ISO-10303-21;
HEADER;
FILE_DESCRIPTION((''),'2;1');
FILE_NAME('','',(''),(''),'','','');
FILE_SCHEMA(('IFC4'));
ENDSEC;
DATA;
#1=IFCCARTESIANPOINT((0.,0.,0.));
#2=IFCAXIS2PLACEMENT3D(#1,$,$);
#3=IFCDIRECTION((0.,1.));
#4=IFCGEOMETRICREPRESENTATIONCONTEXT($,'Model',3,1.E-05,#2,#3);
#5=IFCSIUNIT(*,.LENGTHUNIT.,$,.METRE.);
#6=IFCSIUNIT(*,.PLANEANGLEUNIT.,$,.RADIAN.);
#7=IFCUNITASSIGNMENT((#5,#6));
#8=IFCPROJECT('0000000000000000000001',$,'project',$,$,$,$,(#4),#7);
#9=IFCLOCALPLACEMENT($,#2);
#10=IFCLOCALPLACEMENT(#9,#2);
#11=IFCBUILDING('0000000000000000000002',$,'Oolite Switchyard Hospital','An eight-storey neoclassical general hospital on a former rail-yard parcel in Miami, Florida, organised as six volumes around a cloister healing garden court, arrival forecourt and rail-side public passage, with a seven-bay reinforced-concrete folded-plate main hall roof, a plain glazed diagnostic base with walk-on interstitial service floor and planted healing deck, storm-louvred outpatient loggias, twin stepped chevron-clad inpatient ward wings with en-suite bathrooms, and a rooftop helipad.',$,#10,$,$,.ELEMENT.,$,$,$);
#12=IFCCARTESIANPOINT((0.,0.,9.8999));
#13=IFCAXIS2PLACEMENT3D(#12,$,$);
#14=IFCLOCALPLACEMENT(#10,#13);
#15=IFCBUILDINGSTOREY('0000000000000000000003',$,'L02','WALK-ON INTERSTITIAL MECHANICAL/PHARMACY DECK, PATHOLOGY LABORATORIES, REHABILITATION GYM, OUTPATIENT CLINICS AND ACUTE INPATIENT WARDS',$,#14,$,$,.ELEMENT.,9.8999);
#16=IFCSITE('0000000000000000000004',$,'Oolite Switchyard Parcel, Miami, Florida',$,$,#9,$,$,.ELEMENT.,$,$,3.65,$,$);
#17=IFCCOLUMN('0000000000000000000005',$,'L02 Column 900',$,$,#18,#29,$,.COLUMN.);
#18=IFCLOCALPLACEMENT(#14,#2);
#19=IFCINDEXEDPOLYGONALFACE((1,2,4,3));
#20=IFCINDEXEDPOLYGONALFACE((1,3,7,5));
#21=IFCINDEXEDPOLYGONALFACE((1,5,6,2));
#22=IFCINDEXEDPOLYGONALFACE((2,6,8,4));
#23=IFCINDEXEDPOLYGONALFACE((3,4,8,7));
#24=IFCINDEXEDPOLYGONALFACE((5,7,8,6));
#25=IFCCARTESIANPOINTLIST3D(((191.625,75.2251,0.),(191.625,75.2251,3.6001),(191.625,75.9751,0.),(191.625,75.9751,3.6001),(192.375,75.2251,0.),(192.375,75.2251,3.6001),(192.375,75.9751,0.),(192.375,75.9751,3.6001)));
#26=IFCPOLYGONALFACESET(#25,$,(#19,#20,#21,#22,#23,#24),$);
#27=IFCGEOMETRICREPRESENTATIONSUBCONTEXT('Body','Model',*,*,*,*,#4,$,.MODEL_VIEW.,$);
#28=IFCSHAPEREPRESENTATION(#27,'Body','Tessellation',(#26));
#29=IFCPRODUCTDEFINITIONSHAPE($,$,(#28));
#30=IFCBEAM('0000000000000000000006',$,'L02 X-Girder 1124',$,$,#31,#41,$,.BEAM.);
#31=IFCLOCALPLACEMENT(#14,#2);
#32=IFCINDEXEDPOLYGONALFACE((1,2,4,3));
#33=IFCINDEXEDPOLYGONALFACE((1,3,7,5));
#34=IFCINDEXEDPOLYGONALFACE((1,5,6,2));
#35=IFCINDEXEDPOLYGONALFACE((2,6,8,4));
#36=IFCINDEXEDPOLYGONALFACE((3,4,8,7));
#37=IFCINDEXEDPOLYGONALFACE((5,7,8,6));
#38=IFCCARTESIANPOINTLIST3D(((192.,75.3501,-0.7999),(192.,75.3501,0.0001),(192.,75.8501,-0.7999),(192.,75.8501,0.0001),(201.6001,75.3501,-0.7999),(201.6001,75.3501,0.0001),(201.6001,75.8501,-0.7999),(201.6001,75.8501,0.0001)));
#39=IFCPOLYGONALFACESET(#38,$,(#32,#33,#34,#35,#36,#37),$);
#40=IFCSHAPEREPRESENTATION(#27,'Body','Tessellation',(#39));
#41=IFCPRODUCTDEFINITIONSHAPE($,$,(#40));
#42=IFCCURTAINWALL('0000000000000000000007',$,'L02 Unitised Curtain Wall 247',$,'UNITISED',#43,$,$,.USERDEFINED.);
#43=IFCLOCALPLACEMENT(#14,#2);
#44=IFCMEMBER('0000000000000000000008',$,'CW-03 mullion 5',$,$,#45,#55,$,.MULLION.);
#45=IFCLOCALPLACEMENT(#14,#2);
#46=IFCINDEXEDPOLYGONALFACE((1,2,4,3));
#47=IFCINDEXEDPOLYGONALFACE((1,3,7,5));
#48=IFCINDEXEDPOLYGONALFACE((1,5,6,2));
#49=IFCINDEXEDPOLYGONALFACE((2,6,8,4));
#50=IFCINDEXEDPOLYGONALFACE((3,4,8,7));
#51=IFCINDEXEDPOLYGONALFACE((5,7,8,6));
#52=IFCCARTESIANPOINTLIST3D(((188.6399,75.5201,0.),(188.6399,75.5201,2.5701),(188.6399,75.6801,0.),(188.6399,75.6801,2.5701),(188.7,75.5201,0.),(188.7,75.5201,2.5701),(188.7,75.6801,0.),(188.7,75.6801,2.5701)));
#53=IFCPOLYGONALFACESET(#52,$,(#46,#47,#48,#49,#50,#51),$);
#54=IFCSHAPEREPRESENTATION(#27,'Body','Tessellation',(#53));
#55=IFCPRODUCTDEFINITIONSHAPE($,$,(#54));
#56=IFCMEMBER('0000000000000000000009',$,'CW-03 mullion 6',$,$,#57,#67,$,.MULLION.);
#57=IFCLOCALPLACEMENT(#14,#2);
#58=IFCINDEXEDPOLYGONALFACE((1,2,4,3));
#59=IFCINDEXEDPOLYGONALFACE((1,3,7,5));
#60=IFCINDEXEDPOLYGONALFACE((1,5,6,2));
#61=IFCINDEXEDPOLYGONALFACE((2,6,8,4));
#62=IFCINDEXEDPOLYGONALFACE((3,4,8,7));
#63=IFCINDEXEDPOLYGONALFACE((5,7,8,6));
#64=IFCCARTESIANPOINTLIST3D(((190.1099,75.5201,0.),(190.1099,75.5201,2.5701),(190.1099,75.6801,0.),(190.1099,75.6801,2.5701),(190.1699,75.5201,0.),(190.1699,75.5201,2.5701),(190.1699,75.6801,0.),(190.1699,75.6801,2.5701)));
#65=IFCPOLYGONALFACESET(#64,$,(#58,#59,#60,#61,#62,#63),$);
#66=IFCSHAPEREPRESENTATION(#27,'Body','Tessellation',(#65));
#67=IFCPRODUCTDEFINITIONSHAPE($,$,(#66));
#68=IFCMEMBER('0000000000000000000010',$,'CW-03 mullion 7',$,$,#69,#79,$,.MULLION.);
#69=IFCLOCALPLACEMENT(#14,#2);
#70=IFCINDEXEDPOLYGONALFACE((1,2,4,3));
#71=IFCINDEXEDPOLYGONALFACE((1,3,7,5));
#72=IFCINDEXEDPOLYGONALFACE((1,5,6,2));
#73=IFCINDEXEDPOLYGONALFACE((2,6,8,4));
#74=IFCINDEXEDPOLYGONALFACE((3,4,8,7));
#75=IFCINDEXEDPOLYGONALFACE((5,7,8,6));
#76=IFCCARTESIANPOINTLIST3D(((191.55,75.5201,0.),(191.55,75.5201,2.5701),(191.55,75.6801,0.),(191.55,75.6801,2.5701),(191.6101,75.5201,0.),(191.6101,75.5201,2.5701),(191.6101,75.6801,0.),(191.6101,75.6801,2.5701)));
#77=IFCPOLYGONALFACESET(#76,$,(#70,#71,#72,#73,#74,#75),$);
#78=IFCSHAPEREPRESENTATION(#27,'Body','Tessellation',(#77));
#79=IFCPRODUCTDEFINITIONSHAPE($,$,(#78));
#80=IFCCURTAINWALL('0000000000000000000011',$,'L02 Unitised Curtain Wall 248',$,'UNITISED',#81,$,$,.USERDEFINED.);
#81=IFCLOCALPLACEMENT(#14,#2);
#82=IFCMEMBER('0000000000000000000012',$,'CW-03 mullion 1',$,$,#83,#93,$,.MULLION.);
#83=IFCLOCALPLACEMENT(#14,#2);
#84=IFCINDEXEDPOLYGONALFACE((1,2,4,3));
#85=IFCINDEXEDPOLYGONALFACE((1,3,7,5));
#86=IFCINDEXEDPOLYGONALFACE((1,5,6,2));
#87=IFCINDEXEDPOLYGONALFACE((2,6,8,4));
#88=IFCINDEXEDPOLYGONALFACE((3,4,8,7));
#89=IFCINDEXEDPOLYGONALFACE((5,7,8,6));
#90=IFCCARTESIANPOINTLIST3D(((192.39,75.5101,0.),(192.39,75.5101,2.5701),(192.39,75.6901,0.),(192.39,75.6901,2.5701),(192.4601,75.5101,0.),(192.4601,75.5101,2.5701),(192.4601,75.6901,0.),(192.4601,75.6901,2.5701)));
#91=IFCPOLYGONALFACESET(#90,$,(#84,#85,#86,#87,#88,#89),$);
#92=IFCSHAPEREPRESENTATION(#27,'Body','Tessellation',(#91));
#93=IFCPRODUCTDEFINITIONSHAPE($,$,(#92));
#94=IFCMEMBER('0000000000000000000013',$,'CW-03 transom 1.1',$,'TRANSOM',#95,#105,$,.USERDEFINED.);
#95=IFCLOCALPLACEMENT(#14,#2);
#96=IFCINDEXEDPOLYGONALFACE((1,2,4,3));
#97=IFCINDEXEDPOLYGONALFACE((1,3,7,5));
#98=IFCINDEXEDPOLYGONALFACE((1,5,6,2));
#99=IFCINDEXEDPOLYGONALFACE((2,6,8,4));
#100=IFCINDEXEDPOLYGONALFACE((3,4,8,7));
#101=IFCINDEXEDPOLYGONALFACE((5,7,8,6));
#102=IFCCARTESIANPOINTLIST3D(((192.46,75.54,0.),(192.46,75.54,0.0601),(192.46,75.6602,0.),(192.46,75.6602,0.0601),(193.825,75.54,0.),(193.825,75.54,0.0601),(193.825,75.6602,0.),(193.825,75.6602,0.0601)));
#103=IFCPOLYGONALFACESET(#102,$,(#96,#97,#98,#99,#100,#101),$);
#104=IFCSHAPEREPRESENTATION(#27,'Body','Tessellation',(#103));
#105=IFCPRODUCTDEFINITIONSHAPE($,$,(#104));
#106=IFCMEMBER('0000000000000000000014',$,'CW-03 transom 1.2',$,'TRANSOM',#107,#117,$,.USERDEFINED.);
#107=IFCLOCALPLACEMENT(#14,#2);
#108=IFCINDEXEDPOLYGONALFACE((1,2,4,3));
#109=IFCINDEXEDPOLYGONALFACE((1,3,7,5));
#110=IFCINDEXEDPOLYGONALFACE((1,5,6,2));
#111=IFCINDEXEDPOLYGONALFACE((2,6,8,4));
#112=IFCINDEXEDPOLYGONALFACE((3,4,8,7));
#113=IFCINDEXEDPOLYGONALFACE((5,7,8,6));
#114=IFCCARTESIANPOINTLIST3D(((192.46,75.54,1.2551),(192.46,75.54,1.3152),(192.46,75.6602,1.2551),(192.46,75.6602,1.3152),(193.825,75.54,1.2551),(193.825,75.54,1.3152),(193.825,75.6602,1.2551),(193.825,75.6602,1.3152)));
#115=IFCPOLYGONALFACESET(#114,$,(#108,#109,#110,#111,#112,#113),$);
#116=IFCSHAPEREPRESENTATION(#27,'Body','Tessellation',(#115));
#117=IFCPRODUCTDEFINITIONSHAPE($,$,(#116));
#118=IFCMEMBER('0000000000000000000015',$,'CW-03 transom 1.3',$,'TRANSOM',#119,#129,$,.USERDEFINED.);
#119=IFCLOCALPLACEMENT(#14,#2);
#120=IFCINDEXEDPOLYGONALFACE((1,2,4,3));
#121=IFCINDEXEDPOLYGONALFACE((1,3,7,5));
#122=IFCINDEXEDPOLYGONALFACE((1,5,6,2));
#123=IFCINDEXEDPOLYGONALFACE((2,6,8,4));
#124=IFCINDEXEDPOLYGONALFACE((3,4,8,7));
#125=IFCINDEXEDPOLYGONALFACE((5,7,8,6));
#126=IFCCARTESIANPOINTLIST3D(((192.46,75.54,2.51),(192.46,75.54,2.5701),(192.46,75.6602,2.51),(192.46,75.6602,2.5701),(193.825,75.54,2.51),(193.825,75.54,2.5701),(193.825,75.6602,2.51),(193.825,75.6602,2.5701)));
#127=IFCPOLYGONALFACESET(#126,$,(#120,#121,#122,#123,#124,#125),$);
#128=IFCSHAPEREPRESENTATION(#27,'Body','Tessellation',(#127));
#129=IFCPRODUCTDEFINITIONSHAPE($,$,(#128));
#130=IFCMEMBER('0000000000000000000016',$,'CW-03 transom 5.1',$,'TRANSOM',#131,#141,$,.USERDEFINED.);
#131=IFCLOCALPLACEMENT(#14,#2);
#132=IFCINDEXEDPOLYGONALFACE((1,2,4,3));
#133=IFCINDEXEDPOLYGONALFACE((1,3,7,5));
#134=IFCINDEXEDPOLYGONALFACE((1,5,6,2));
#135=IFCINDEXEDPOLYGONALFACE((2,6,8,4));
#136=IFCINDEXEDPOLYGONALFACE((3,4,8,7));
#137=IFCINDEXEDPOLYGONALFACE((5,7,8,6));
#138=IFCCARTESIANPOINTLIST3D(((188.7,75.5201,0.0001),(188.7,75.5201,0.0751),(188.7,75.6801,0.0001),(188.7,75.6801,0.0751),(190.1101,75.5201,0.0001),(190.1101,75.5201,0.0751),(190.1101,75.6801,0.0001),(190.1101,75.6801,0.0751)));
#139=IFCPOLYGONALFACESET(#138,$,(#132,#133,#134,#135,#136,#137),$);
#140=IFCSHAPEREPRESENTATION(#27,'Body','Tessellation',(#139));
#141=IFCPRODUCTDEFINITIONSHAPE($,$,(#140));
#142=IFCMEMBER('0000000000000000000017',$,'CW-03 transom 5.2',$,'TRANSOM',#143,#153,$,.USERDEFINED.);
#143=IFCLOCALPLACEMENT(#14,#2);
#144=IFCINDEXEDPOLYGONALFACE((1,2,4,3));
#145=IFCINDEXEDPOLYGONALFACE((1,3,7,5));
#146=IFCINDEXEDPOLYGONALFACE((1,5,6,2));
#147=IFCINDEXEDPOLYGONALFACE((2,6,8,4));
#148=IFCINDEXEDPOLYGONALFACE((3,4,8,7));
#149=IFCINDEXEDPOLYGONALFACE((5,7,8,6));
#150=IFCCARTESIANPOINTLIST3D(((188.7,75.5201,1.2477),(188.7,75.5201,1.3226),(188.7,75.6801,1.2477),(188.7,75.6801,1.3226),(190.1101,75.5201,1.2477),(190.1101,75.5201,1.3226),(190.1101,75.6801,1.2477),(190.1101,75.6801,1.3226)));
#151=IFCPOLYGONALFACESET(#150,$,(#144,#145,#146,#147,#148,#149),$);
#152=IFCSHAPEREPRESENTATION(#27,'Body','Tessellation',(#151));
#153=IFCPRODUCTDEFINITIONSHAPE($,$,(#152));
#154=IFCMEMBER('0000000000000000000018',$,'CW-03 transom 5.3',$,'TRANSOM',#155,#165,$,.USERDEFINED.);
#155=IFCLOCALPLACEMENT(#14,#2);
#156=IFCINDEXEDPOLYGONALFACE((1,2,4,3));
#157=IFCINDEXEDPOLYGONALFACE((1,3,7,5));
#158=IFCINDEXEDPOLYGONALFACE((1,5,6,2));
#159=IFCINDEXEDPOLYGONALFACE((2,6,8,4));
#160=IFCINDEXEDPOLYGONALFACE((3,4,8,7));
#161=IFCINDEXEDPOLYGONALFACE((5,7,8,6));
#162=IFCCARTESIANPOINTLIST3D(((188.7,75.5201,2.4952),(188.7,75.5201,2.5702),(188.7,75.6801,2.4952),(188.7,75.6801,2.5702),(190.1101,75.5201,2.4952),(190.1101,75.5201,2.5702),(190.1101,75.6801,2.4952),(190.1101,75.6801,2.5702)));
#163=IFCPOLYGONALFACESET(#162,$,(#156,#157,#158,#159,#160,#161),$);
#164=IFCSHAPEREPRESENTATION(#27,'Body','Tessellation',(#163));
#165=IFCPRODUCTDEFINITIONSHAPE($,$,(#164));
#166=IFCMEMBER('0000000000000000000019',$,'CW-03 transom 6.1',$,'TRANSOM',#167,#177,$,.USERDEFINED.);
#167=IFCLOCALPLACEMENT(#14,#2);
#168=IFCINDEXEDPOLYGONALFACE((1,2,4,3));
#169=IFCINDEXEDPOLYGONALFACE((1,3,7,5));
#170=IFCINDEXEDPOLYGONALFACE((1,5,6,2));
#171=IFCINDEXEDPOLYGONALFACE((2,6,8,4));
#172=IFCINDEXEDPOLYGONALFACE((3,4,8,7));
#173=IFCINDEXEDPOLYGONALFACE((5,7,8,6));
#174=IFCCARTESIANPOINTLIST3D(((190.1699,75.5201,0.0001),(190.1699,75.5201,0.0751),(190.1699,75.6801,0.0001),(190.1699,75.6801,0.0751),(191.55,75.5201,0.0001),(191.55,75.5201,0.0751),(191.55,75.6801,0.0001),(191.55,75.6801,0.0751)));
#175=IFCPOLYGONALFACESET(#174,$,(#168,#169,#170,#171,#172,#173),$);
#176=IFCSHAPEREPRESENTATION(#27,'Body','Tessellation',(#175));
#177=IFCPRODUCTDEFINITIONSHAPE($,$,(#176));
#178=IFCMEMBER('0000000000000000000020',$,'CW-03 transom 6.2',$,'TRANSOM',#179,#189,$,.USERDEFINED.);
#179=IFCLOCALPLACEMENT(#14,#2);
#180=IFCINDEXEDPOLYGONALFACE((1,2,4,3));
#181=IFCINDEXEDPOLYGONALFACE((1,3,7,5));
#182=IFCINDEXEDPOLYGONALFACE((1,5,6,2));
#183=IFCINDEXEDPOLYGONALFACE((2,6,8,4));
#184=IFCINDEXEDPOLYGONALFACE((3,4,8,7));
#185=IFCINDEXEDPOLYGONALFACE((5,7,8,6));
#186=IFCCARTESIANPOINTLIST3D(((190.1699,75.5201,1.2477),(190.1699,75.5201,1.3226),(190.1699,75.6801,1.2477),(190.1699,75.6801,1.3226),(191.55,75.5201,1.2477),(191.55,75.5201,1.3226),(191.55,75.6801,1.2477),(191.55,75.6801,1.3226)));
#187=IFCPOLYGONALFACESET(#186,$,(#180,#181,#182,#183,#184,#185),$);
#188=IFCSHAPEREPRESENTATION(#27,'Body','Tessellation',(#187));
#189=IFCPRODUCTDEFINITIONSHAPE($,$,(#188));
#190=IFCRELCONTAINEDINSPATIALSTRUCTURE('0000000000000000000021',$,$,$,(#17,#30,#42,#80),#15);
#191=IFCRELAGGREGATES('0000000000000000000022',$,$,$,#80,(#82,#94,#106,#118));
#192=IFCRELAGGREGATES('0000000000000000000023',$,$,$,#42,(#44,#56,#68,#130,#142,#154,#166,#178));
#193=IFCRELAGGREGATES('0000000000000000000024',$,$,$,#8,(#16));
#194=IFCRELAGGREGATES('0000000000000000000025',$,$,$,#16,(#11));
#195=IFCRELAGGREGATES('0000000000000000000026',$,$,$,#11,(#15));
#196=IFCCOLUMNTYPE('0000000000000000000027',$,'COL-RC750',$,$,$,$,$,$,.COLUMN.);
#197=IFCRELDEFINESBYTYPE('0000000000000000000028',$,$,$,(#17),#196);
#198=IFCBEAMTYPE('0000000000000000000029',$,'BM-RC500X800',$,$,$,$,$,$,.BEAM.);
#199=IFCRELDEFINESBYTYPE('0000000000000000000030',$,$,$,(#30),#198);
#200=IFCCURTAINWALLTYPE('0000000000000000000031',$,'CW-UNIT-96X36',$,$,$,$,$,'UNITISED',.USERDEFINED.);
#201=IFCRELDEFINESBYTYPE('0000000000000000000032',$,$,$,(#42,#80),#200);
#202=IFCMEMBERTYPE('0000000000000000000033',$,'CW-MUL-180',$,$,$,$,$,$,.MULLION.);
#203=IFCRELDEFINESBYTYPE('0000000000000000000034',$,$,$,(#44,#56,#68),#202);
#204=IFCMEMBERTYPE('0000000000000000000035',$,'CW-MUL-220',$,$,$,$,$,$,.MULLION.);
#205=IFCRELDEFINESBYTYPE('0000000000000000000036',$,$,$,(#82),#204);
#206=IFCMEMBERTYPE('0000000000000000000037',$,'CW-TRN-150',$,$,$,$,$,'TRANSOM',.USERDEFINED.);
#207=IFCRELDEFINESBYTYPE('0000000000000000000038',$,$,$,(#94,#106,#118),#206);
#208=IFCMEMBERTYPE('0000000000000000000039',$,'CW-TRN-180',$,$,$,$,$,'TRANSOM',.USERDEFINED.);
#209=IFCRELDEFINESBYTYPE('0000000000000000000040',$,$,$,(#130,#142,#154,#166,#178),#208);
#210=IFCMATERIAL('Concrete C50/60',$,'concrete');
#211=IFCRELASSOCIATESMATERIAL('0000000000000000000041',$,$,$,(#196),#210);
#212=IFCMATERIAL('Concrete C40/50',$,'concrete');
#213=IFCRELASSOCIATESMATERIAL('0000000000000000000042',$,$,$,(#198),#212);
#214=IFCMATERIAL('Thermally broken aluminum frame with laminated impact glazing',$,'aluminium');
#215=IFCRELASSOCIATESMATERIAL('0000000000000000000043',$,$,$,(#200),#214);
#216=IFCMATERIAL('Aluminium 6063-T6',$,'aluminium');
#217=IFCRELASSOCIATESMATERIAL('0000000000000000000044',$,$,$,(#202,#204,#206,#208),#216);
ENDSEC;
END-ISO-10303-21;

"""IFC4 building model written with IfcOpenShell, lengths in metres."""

from ifc_helpers import new_model, si_unit, direction, frame, origin, origin_2d, place, context, subcontext, project, spatial, rectangle, extrude, material, material_profile, profile_set, type_object, element, aggregate, save


model = new_model("IFC4")

# Units and contexts
model_context = context("Model", 3, precision=1e-05, world=origin(), true_north=direction((0.0, 1.0)))
body_context = subcontext(model_context, "Body", "Model", "MODEL_VIEW")
ifc_project = project(units=[si_unit("LENGTHUNIT", "METRE"), si_unit("PLANEANGLEUNIT", "RADIAN")], contexts=[model_context])

# Site, building, storey
site_placement = place(None, origin())
site = spatial("IfcSite", under=ifc_project, at=site_placement, Name="Oolite Switchyard Parcel, Miami, Florida", CompositionType="ELEMENT", RefElevation=3.65)
building_placement = place(site_placement, origin())
building = spatial("IfcBuilding", under=site, at=building_placement, Name="Oolite Switchyard Hospital", Description="An eight-storey neoclassical general hospital on a former rail-yard parcel in Miami, Florida, organised as six volumes around a cloister healing garden court, arrival forecourt and rail-side public passage, with a seven-bay reinforced-concrete folded-plate main hall roof, a plain glazed diagnostic base with walk-on interstitial service floor and planted healing deck, storm-louvred outpatient loggias, twin stepped chevron-clad inpatient ward wings with en-suite bathrooms, and a rooftop helipad.", CompositionType="ELEMENT")
storey_placement = place(building_placement, frame((0.0, 0.0, 9.8999)))
storey = spatial("IfcBuildingStorey", under=building, at=storey_placement, Name="L02", Description="WALK-ON INTERSTITIAL MECHANICAL/PHARMACY DECK, PATHOLOGY LABORATORIES, REHABILITATION GYM, OUTPATIENT CLINICS AND ACUTE INPATIENT WARDS", CompositionType="ELEMENT", Elevation=9.8999)

# Column
ifc_material_1 = material(Name="Concrete C50/60", Category="concrete")
ifc_material_profile_1 = material_profile(ifc_material_1, rectangle(XDim=0.75, YDim=0.75, at=origin_2d()), Name="RC750X750")
ifc_profile_set_1 = profile_set([ifc_material_profile_1], Name="Concrete C50/60")
column_type = type_object("IfcColumnType", Name="COL-RC750", PredefinedType="COLUMN", material=ifc_profile_set_1)
column_placement = place(storey_placement, frame((192.0, 75.6001, 0.0), z_axis=(0.0, 0.0, 1.0), x_axis=(1.0, 0.0, 0.0)))
element("IfcColumn", 1, at=column_placement, inside=storey, type_object=column_type, Name="L02 Column 900", PredefinedType="COLUMN", context=body_context, shape_type="SweptSolid", body=[
    extrude(rectangle(XDim=0.75, YDim=0.75, at=origin_2d()), origin(), (0.0, 0.0, 1.0), 3.6001),
])

# Beam
ifc_material_2 = material(Name="Concrete C40/50", Category="concrete")
ifc_material_profile_2 = material_profile(ifc_material_2, rectangle(XDim=0.5, YDim=0.8, at=origin_2d()), Name="RCB500X800")
ifc_profile_set_2 = profile_set([ifc_material_profile_2], Name="Concrete C40/50")
beam_type = type_object("IfcBeamType", Name="BM-RC500X800", PredefinedType="BEAM", material=ifc_profile_set_2)
beam_placement = place(storey_placement, frame((192.0, 75.6001, -0.3999), z_axis=(1.0, 0.0, 0.0), x_axis=(0.0, 1.0, 0.0)))
element("IfcBeam", 2, at=beam_placement, inside=storey, type_object=beam_type, Name="L02 X-Girder 1124", PredefinedType="BEAM", context=body_context, shape_type="SweptSolid", body=[
    extrude(rectangle(XDim=0.5, YDim=0.8, at=origin_2d()), origin(), (0.0, 0.0, 1.0), 9.6001),
])

# Curtain walls, members
ifc_material_3 = material(Name="Thermally broken aluminum frame with laminated impact glazing", Category="aluminium")
curtain_wall_type = type_object("IfcCurtainWallType", Name="CW-UNIT-96X36", ElementType="UNITISED", PredefinedType="USERDEFINED", material=ifc_material_3)
curtain_wall_1_placement = place(storey_placement, origin())
curtain_wall_1 = element("IfcCurtainWall", 3, at=curtain_wall_1_placement, inside=storey, type_object=curtain_wall_type, Name="L02 Unitised Curtain Wall 247", ObjectType="UNITISED", PredefinedType="USERDEFINED")
ifc_material_4 = material(Name="Aluminium 6063-T6", Category="aluminium")
ifc_material_profile_3 = material_profile(ifc_material_4, rectangle(XDim=0.1599, YDim=0.0601, at=origin_2d()), Name="CWM60X160")
ifc_profile_set_3 = profile_set([ifc_material_profile_3], Name="Aluminium 6063-T6")
member_type_1 = type_object("IfcMemberType", Name="CW-MUL-180", PredefinedType="MULLION", material=ifc_profile_set_3)
member_1_placement = place(storey_placement, frame((188.6699, 75.6001, 0.0), z_axis=(0.0, 0.0, 1.0), x_axis=(0.0, 1.0, 0.0)))
member_1 = element("IfcMember", 4, at=member_1_placement, type_object=member_type_1, Name="CW-03 mullion 5", PredefinedType="MULLION", context=body_context, shape_type="SweptSolid", body=[
    extrude(rectangle(XDim=0.1599, YDim=0.0601, at=origin_2d()), origin(), (0.0, 0.0, 1.0), 2.5701),
])
member_2_placement = place(storey_placement, frame((190.1399, 75.6001, 0.0), z_axis=(0.0, 0.0, 1.0), x_axis=(0.0, 1.0, 0.0)))
member_2 = element("IfcMember", 5, at=member_2_placement, type_object=member_type_1, Name="CW-03 mullion 6", PredefinedType="MULLION", context=body_context, shape_type="SweptSolid", body=[
    extrude(rectangle(XDim=0.1599, YDim=0.0601, at=origin_2d()), origin(), (0.0, 0.0, 1.0), 2.5701),
])
member_3_placement = place(storey_placement, frame((191.5801, 75.6001, 0.0), z_axis=(0.0, 0.0, 1.0), x_axis=(0.0, 1.0, 0.0)))
member_3 = element("IfcMember", 6, at=member_3_placement, type_object=member_type_1, Name="CW-03 mullion 7", PredefinedType="MULLION", context=body_context, shape_type="SweptSolid", body=[
    extrude(rectangle(XDim=0.1599, YDim=0.0601, at=origin_2d()), origin(), (0.0, 0.0, 1.0), 2.5701),
])
curtain_wall_2_placement = place(storey_placement, origin())
curtain_wall_2 = element("IfcCurtainWall", 7, at=curtain_wall_2_placement, inside=storey, type_object=curtain_wall_type, Name="L02 Unitised Curtain Wall 248", ObjectType="UNITISED", PredefinedType="USERDEFINED")
ifc_material_profile_4 = material_profile(ifc_material_4, rectangle(XDim=0.1799, YDim=0.0701, at=origin_2d()), Name="CWM70X180")
ifc_profile_set_4 = profile_set([ifc_material_profile_4], Name="Aluminium 6063-T6")
member_type_2 = type_object("IfcMemberType", Name="CW-MUL-220", PredefinedType="MULLION", material=ifc_profile_set_4)
member_4_placement = place(storey_placement, frame((192.425, 75.6001, 0.0), z_axis=(0.0, 0.0, 1.0), x_axis=(0.0, 1.0, 0.0)))
member_4 = element("IfcMember", 8, at=member_4_placement, type_object=member_type_2, Name="CW-03 mullion 1", PredefinedType="MULLION", context=body_context, shape_type="SweptSolid", body=[
    extrude(rectangle(XDim=0.1799, YDim=0.0701, at=origin_2d()), origin(), (0.0, 0.0, 1.0), 2.5701),
])
ifc_material_profile_5 = material_profile(ifc_material_4, rectangle(XDim=0.1201, YDim=0.0601, at=origin_2d()), Name="CWT60X120")
ifc_profile_set_5 = profile_set([ifc_material_profile_5], Name="Aluminium 6063-T6")
member_type_3 = type_object("IfcMemberType", Name="CW-TRN-150", ElementType="TRANSOM", PredefinedType="USERDEFINED", material=ifc_profile_set_5)
member_5_placement = place(storey_placement, frame((192.46, 75.6001, 0.03), z_axis=(1.0, 0.0, 0.0), x_axis=(0.0, 1.0, 0.0)))
member_5 = element("IfcMember", 9, at=member_5_placement, type_object=member_type_3, Name="CW-03 transom 1.1", ObjectType="TRANSOM", PredefinedType="USERDEFINED", context=body_context, shape_type="SweptSolid", body=[
    extrude(rectangle(XDim=0.1201, YDim=0.0601, at=origin_2d()), origin(), (0.0, 0.0, 1.0), 1.365),
])
member_6_placement = place(storey_placement, frame((192.46, 75.6001, 1.2852), z_axis=(1.0, 0.0, 0.0), x_axis=(0.0, 1.0, 0.0)))
member_6 = element("IfcMember", 10, at=member_6_placement, type_object=member_type_3, Name="CW-03 transom 1.2", ObjectType="TRANSOM", PredefinedType="USERDEFINED", context=body_context, shape_type="SweptSolid", body=[
    extrude(rectangle(XDim=0.1201, YDim=0.0601, at=origin_2d()), origin(), (0.0, 0.0, 1.0), 1.365),
])
member_7_placement = place(storey_placement, frame((192.46, 75.6001, 2.54), z_axis=(1.0, 0.0, 0.0), x_axis=(0.0, 1.0, 0.0)))
member_7 = element("IfcMember", 11, at=member_7_placement, type_object=member_type_3, Name="CW-03 transom 1.3", ObjectType="TRANSOM", PredefinedType="USERDEFINED", context=body_context, shape_type="SweptSolid", body=[
    extrude(rectangle(XDim=0.1201, YDim=0.0601, at=origin_2d()), origin(), (0.0, 0.0, 1.0), 1.365),
])

# Members
ifc_material_profile_6 = material_profile(ifc_material_4, rectangle(XDim=0.1599, YDim=0.075, at=origin_2d()), Name="CWT75X160")
ifc_profile_set_6 = profile_set([ifc_material_profile_6], Name="Aluminium 6063-T6")
member_type_4 = type_object("IfcMemberType", Name="CW-TRN-180", ElementType="TRANSOM", PredefinedType="USERDEFINED", material=ifc_profile_set_6)
member_8_placement = place(storey_placement, frame((188.7, 75.6001, 0.0376), z_axis=(1.0, 0.0, 0.0), x_axis=(0.0, 1.0, 0.0)))
member_8 = element("IfcMember", 12, at=member_8_placement, type_object=member_type_4, Name="CW-03 transom 5.1", ObjectType="TRANSOM", PredefinedType="USERDEFINED", context=body_context, shape_type="SweptSolid", body=[
    extrude(rectangle(XDim=0.1599, YDim=0.075, at=origin_2d()), origin(), (0.0, 0.0, 1.0), 1.4102),
])
member_9_placement = place(storey_placement, frame((188.7, 75.6001, 1.2852), z_axis=(1.0, 0.0, 0.0), x_axis=(0.0, 1.0, 0.0)))
member_9 = element("IfcMember", 13, at=member_9_placement, type_object=member_type_4, Name="CW-03 transom 5.2", ObjectType="TRANSOM", PredefinedType="USERDEFINED", context=body_context, shape_type="SweptSolid", body=[
    extrude(rectangle(XDim=0.1599, YDim=0.075, at=origin_2d()), origin(), (0.0, 0.0, 1.0), 1.4102),
])
member_10_placement = place(storey_placement, frame((188.7, 75.6001, 2.5327), z_axis=(1.0, 0.0, 0.0), x_axis=(0.0, 1.0, 0.0)))
member_10 = element("IfcMember", 14, at=member_10_placement, type_object=member_type_4, Name="CW-03 transom 5.3", ObjectType="TRANSOM", PredefinedType="USERDEFINED", context=body_context, shape_type="SweptSolid", body=[
    extrude(rectangle(XDim=0.1599, YDim=0.075, at=origin_2d()), origin(), (0.0, 0.0, 1.0), 1.4102),
])
member_11_placement = place(storey_placement, frame((190.1699, 75.6001, 0.0376), z_axis=(1.0, 0.0, 0.0), x_axis=(0.0, 1.0, 0.0)))
member_11 = element("IfcMember", 15, at=member_11_placement, type_object=member_type_4, Name="CW-03 transom 6.1", ObjectType="TRANSOM", PredefinedType="USERDEFINED", context=body_context, shape_type="SweptSolid", body=[
    extrude(rectangle(XDim=0.1599, YDim=0.075, at=origin_2d()), origin(), (0.0, 0.0, 1.0), 1.3801),
])
member_12_placement = place(storey_placement, frame((190.1699, 75.6001, 1.2852), z_axis=(1.0, 0.0, 0.0), x_axis=(0.0, 1.0, 0.0)))
member_12 = element("IfcMember", 16, at=member_12_placement, type_object=member_type_4, Name="CW-03 transom 6.2", ObjectType="TRANSOM", PredefinedType="USERDEFINED", context=body_context, shape_type="SweptSolid", body=[
    extrude(rectangle(XDim=0.1599, YDim=0.075, at=origin_2d()), origin(), (0.0, 0.0, 1.0), 1.3801),
])

aggregate(curtain_wall_2, [member_4, member_5, member_6, member_7])
aggregate(curtain_wall_1, [member_1, member_2, member_3, member_8, member_9, member_10, member_11, member_12])

save(model, "model.ifc")
